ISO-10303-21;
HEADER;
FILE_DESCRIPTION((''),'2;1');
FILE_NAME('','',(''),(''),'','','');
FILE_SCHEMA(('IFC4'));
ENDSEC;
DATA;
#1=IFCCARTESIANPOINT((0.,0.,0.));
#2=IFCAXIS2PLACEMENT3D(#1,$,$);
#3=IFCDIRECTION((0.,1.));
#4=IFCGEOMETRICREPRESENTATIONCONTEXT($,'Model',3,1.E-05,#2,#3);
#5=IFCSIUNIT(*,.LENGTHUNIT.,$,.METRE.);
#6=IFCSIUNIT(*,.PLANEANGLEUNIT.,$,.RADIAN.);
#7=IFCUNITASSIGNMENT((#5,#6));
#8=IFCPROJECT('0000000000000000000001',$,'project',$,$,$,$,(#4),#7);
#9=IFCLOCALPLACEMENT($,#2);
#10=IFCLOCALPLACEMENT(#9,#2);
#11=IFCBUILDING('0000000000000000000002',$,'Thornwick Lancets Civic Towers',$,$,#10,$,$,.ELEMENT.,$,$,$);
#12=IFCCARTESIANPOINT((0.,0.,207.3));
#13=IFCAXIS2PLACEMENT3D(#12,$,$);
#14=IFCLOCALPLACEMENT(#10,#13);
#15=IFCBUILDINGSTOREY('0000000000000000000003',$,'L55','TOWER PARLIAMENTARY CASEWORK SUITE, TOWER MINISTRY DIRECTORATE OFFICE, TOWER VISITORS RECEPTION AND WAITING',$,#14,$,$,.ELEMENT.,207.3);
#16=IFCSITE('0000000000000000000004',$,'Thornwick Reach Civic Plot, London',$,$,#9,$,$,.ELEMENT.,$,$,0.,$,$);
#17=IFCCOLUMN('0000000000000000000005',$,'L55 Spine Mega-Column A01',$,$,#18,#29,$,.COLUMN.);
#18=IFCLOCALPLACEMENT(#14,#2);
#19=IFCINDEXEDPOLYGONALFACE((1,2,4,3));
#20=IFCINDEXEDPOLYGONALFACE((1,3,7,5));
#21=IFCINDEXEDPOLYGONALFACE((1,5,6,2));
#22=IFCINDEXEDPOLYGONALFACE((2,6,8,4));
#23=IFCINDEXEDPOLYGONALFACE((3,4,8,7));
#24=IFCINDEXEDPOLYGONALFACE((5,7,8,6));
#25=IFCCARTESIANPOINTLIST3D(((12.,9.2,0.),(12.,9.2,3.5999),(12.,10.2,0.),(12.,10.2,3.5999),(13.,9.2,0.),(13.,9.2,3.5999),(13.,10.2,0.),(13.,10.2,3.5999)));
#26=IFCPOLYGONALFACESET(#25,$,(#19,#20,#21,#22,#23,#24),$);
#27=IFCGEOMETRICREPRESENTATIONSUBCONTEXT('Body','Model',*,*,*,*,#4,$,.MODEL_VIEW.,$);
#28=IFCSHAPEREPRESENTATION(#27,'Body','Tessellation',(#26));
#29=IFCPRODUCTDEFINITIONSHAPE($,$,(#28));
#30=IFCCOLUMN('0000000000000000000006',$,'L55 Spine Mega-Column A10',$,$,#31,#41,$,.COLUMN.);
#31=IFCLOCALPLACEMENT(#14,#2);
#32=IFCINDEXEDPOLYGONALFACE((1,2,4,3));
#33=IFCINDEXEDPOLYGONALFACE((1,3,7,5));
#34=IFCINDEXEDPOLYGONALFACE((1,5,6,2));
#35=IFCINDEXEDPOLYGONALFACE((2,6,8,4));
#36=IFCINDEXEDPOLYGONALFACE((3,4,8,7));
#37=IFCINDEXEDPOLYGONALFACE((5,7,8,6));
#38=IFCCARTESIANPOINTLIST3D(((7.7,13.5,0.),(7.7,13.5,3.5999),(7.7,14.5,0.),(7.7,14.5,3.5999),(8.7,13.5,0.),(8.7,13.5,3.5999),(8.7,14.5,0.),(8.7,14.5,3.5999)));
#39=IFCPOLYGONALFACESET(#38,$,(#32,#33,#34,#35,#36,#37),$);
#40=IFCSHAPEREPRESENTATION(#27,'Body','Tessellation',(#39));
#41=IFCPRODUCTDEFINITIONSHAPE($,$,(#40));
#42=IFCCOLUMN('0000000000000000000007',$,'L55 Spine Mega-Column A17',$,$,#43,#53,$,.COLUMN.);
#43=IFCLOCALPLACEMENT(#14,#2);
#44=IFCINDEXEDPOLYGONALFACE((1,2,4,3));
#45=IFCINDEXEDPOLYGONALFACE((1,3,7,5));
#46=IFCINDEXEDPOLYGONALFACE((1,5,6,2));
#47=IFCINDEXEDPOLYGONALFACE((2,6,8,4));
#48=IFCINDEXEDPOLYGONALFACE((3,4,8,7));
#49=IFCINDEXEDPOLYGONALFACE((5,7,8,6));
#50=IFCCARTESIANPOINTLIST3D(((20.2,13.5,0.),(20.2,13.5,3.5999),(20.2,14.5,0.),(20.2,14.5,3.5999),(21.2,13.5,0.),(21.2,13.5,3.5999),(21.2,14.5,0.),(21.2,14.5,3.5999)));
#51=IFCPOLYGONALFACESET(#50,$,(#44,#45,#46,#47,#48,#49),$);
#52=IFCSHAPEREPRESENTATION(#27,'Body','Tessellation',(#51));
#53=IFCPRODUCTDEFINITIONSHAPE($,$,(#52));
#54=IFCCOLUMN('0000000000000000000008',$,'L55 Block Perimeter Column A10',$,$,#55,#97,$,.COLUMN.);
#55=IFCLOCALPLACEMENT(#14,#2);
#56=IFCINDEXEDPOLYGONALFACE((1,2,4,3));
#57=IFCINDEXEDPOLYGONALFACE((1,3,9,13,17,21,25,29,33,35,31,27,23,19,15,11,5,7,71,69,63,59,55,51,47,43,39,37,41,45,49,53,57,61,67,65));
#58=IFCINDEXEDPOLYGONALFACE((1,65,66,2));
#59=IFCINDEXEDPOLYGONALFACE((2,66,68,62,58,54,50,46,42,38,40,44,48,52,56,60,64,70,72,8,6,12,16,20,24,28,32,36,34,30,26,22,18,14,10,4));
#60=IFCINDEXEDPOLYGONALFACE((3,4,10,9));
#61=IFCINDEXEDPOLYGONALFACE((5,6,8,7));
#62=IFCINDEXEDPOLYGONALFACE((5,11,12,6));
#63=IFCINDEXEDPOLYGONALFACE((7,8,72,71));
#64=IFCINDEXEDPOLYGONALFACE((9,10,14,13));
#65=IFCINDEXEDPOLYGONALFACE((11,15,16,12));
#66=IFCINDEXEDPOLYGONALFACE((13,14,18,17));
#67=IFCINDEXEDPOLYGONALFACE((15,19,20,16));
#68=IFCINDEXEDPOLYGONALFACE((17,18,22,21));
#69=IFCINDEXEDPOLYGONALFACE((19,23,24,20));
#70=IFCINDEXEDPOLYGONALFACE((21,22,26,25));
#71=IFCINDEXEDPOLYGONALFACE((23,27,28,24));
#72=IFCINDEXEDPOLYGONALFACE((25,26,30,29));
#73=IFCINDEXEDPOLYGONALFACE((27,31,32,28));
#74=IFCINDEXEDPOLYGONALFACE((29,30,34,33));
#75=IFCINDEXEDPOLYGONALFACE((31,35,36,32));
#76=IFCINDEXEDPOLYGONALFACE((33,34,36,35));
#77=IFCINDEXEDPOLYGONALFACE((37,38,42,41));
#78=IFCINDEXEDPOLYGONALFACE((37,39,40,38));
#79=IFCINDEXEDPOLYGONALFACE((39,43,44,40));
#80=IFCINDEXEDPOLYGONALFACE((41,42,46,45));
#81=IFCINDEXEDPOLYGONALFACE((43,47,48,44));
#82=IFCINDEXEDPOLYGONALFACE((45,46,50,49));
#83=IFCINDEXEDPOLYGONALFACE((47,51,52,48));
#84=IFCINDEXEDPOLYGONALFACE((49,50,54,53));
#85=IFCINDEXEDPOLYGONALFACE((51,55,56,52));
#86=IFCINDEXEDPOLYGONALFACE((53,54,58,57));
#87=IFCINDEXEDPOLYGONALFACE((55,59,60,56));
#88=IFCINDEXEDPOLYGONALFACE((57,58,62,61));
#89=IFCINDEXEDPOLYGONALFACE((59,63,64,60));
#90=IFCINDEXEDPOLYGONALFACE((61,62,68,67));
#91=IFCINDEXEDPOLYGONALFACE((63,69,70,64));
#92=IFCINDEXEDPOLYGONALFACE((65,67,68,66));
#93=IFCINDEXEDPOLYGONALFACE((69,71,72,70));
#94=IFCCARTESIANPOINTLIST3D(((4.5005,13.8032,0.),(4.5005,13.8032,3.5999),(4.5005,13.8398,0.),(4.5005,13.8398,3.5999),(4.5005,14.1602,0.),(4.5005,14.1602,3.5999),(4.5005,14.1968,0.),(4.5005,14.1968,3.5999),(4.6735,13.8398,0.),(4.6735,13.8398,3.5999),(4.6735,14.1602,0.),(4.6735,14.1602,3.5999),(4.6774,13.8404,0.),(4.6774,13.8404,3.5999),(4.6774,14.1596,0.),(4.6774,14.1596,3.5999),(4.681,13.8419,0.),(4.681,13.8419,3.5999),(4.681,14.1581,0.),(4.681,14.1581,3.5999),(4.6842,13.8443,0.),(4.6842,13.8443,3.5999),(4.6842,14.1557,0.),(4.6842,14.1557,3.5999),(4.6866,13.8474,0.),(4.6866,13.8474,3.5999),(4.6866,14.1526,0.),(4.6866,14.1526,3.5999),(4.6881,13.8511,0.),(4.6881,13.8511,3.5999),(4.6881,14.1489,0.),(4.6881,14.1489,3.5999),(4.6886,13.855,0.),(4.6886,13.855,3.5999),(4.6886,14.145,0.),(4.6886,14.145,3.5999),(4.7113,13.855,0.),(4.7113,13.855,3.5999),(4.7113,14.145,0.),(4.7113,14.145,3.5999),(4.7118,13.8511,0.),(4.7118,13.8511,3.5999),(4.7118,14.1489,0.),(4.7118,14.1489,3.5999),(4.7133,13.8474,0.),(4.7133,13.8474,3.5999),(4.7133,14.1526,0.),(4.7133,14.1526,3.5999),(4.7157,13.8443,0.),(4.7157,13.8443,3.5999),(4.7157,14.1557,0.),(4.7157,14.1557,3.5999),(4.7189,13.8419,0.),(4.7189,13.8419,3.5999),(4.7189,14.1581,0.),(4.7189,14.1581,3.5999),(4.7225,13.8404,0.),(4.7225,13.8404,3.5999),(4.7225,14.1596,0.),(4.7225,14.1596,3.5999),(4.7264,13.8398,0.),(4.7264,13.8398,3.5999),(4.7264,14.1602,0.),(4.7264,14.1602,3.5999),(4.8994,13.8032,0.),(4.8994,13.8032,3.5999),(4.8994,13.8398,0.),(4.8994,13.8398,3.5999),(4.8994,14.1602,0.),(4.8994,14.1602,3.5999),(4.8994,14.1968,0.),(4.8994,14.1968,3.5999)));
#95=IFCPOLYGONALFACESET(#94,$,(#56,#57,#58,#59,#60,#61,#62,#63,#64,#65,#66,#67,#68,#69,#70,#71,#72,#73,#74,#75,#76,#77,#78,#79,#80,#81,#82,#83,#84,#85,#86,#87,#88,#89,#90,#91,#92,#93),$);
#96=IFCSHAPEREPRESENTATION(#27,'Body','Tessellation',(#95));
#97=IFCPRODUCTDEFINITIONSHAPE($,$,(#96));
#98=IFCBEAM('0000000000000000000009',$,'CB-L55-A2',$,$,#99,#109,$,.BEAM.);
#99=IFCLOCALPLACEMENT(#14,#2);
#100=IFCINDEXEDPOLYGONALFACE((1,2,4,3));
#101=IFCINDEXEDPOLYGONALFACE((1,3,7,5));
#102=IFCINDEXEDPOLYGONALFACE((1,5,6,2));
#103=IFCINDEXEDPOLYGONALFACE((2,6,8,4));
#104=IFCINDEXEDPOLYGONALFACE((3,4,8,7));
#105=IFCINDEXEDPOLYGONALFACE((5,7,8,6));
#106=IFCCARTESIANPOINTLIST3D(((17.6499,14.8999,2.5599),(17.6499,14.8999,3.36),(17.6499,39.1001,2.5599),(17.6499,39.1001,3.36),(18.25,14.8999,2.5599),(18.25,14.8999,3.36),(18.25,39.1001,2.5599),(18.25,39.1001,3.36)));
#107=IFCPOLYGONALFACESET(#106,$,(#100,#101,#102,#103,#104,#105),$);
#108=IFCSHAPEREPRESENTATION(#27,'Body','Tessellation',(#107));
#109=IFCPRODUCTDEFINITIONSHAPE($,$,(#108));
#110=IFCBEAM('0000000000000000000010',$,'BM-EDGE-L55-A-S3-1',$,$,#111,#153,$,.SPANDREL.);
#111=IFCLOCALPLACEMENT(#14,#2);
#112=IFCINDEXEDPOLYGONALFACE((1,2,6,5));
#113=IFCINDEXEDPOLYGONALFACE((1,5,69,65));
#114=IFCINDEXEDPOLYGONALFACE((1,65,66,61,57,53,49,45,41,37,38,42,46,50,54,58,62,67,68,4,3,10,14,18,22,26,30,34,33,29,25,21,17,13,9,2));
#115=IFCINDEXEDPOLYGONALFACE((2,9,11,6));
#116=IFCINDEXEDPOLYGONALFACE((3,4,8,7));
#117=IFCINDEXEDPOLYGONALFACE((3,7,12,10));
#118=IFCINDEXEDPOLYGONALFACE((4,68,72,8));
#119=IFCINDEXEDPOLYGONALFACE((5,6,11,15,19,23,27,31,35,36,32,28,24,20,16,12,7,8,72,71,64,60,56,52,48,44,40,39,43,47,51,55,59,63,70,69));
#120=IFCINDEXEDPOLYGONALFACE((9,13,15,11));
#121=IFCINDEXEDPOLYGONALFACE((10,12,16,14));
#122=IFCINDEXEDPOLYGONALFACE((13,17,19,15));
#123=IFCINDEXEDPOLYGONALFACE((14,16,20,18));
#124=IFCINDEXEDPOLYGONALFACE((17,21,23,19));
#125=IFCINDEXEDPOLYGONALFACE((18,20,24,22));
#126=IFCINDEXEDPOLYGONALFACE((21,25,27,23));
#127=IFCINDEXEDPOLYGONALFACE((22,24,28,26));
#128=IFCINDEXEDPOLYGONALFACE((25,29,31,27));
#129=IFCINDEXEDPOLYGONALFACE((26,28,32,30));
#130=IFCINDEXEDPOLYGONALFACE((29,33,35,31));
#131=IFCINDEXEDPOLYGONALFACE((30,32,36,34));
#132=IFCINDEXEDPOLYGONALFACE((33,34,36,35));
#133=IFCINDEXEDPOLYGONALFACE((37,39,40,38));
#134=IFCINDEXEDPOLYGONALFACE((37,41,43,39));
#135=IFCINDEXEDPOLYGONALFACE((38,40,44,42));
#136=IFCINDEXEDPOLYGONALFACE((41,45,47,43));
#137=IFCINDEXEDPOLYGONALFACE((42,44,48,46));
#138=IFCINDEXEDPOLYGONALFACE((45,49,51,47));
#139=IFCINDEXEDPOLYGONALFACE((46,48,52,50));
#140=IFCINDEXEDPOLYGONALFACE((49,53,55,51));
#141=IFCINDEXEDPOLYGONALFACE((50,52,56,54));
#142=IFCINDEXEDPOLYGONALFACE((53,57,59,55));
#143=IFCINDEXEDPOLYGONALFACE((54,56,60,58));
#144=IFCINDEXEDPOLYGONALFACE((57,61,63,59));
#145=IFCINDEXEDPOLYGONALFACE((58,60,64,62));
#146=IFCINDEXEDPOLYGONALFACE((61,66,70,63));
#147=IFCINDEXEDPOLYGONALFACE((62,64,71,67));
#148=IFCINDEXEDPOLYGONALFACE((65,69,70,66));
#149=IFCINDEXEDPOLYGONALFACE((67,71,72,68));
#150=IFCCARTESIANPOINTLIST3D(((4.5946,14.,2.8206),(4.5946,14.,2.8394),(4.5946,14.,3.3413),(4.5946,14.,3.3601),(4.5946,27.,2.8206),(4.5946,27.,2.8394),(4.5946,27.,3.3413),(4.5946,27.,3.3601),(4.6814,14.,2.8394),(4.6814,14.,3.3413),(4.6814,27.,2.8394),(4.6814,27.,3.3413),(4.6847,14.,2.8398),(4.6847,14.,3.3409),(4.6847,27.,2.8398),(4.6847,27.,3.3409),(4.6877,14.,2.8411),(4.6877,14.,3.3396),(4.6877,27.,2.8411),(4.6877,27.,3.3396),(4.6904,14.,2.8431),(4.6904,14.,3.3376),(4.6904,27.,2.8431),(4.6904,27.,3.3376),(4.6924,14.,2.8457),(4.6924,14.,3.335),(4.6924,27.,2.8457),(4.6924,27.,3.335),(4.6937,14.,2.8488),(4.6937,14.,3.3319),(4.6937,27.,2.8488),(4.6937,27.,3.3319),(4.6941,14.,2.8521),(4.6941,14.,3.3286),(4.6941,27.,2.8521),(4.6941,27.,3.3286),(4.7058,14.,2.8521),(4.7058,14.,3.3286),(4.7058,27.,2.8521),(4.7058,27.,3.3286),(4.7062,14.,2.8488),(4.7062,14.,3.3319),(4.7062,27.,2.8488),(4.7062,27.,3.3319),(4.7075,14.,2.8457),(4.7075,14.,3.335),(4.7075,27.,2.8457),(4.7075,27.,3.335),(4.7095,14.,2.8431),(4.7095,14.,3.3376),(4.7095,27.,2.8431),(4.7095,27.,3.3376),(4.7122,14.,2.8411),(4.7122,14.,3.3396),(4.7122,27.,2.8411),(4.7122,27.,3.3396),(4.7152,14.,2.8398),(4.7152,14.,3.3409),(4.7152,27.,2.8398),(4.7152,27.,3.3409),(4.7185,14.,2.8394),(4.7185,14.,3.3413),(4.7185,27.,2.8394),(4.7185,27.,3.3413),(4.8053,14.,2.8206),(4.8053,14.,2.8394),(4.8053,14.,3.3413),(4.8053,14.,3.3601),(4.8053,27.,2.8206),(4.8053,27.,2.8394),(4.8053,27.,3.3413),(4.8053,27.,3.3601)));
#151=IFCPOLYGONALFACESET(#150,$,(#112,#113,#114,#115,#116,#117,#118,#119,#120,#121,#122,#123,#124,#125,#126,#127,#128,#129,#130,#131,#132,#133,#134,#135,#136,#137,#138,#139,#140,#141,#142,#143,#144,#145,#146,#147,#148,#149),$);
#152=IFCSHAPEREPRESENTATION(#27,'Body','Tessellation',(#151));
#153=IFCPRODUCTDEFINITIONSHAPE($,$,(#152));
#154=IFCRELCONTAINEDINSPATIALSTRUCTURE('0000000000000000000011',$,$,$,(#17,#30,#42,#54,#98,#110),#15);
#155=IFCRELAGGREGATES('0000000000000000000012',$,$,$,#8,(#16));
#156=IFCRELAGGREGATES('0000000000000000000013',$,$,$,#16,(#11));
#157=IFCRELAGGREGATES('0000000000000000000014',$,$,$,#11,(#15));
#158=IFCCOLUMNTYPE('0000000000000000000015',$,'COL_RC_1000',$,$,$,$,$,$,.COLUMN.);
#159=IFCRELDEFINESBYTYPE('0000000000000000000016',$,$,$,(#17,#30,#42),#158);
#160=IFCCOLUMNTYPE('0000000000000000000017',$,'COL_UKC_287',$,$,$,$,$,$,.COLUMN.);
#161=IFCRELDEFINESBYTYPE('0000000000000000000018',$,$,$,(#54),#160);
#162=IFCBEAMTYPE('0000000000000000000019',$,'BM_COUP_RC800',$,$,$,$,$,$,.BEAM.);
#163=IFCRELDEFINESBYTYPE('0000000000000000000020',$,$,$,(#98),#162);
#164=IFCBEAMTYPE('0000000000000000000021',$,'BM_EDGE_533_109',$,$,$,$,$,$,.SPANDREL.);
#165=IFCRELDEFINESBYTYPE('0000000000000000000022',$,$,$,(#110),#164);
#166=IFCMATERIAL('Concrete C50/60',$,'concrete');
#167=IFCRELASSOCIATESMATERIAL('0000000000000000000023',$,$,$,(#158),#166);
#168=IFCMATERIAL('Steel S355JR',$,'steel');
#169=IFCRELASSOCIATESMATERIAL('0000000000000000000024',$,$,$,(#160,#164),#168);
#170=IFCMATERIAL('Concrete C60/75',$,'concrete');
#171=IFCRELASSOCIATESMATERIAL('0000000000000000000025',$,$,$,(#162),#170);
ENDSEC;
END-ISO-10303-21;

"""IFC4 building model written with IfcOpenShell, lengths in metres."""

from ifc_helpers import new_model, si_unit, direction, frame, origin, origin_2d, place, context, subcontext, project, spatial, rectangle, i_section, extrude, material, material_profile, profile_set, type_object, element, save


model = new_model("IFC4")

# Units and contexts
model_context = context("Model", 3, precision=1e-05, world=origin(), true_north=direction((0.0, 1.0)))
body_context = subcontext(model_context, "Body", "Model", "MODEL_VIEW")
ifc_project = project(units=[si_unit("LENGTHUNIT", "METRE"), si_unit("PLANEANGLEUNIT", "RADIAN")], contexts=[model_context])

# Site, building, storey
site_placement = place(None, origin())
site = spatial("IfcSite", under=ifc_project, at=site_placement, Name="Thornwick Reach Civic Plot, London", CompositionType="ELEMENT", RefElevation=0.0)
building_placement = place(site_placement, origin())
building = spatial("IfcBuilding", under=site, at=building_placement, Name="Thornwick Lancets Civic Towers", CompositionType="ELEMENT")
storey_placement = place(building_placement, frame((0.0, 0.0, 207.3)))
storey = spatial("IfcBuildingStorey", under=building, at=storey_placement, Name="L55", Description="TOWER PARLIAMENTARY CASEWORK SUITE, TOWER MINISTRY DIRECTORATE OFFICE, TOWER VISITORS RECEPTION AND WAITING", CompositionType="ELEMENT", Elevation=207.3)

# Columns
ifc_material_1 = material(Name="Concrete C50/60", Category="concrete")
ifc_material_profile_1 = material_profile(ifc_material_1, rectangle(XDim=1.0, YDim=1.0, at=origin_2d()), Name="RC 1000x1000")
ifc_profile_set_1 = profile_set([ifc_material_profile_1], Name="Concrete C50/60")
column_type_1 = type_object("IfcColumnType", Name="COL_RC_1000", PredefinedType="COLUMN", material=ifc_profile_set_1)
for number, where, z_axis, x_axis, name in (
    (1, (12.5, 9.7, 0.0), (0.0, 0.0, 1.0), (1.0, 0.0, 0.0), "L55 Spine Mega-Column A01"),
    (2, (8.2, 14.0, 0.0), (0.0, 0.0, 1.0), (1.0, 0.0, 0.0), "L55 Spine Mega-Column A10"),
    (3, (20.7, 14.0, 0.0), (0.0, 0.0, 1.0), (1.0, 0.0, 0.0), "L55 Spine Mega-Column A17"),
):
    element("IfcColumn", number, at=place(storey_placement, frame(where, z_axis=z_axis, x_axis=x_axis)), inside=storey, type_object=column_type_1, Name=name, PredefinedType="COLUMN", context=body_context, shape_type="SweptSolid", body=[
        extrude(rectangle(XDim=1.0, YDim=1.0, at=origin_2d()), origin(), (0.0, 0.0, 1.0), 3.5999),
    ])
ifc_material_2 = material(Name="Steel S355JR", Category="steel")
ifc_material_profile_2 = material_profile(ifc_material_2, i_section(OverallWidth=0.3989, OverallDepth=0.3936, WebThickness=0.0227, FlangeThickness=0.0366, FilletRadius=0.0151, at=origin_2d()), Name="UKC 356x406x287")
ifc_profile_set_2 = profile_set([ifc_material_profile_2], Name="Steel S355JR")
column_type_2 = type_object("IfcColumnType", Name="COL_UKC_287", PredefinedType="COLUMN", material=ifc_profile_set_2)
column_placement = place(storey_placement, frame((4.7, 14.0, 0.0), z_axis=(0.0, 0.0, 1.0), x_axis=(1.0, 0.0, 0.0)))
element("IfcColumn", 4, at=column_placement, inside=storey, type_object=column_type_2, Name="L55 Block Perimeter Column A10", PredefinedType="COLUMN", context=body_context, shape_type="SweptSolid", body=[
    extrude(i_section(OverallWidth=0.3989, OverallDepth=0.3936, WebThickness=0.0227, FlangeThickness=0.0366, FilletRadius=0.0151, at=origin_2d()), origin(), (0.0, 0.0, 1.0), 3.5999),
])

# Beams
ifc_material_3 = material(Name="Concrete C60/75", Category="concrete")
ifc_material_profile_3 = material_profile(ifc_material_3, rectangle(XDim=0.6001, YDim=0.8, at=origin_2d()), Name="RC 600x800")
ifc_profile_set_3 = profile_set([ifc_material_profile_3], Name="Concrete C60/75")
beam_type_1 = type_object("IfcBeamType", Name="BM_COUP_RC800", PredefinedType="BEAM", material=ifc_profile_set_3)
beam_1_placement = place(storey_placement, frame((17.95, 14.8999, 2.96), z_axis=(0.0, 1.0, 0.0), x_axis=(-1.0, 0.0, 0.0)))
element("IfcBeam", 5, at=beam_1_placement, inside=storey, type_object=beam_type_1, Name="CB-L55-A2", PredefinedType="BEAM", context=body_context, shape_type="SweptSolid", body=[
    extrude(rectangle(XDim=0.6001, YDim=0.8, at=origin_2d()), origin(), (0.0, 0.0, 1.0), 24.2002),
])
ifc_material_profile_4 = material_profile(ifc_material_2, i_section(OverallWidth=0.2107, OverallDepth=0.5396, WebThickness=0.0117, FlangeThickness=0.0188, FilletRadius=0.0127, at=origin_2d()), Name="UKB 533x210x109")
ifc_profile_set_4 = profile_set([ifc_material_profile_4], Name="Steel S355JR")
beam_type_2 = type_object("IfcBeamType", Name="BM_EDGE_533_109", PredefinedType="SPANDREL", material=ifc_profile_set_4)
beam_2_placement = place(storey_placement, frame((4.7, 14.0, 3.0903), z_axis=(0.0, 1.0, 0.0), x_axis=(-1.0, 0.0, 0.0)))
element("IfcBeam", 6, at=beam_2_placement, inside=storey, type_object=beam_type_2, Name="BM-EDGE-L55-A-S3-1", PredefinedType="SPANDREL", context=body_context, shape_type="SweptSolid", body=[
    extrude(i_section(OverallWidth=0.2107, OverallDepth=0.5396, WebThickness=0.0117, FlangeThickness=0.0188, FilletRadius=0.0127, at=origin_2d()), origin(), (0.0, 0.0, 1.0), 13.0),
])

save(model, "model.ifc")
